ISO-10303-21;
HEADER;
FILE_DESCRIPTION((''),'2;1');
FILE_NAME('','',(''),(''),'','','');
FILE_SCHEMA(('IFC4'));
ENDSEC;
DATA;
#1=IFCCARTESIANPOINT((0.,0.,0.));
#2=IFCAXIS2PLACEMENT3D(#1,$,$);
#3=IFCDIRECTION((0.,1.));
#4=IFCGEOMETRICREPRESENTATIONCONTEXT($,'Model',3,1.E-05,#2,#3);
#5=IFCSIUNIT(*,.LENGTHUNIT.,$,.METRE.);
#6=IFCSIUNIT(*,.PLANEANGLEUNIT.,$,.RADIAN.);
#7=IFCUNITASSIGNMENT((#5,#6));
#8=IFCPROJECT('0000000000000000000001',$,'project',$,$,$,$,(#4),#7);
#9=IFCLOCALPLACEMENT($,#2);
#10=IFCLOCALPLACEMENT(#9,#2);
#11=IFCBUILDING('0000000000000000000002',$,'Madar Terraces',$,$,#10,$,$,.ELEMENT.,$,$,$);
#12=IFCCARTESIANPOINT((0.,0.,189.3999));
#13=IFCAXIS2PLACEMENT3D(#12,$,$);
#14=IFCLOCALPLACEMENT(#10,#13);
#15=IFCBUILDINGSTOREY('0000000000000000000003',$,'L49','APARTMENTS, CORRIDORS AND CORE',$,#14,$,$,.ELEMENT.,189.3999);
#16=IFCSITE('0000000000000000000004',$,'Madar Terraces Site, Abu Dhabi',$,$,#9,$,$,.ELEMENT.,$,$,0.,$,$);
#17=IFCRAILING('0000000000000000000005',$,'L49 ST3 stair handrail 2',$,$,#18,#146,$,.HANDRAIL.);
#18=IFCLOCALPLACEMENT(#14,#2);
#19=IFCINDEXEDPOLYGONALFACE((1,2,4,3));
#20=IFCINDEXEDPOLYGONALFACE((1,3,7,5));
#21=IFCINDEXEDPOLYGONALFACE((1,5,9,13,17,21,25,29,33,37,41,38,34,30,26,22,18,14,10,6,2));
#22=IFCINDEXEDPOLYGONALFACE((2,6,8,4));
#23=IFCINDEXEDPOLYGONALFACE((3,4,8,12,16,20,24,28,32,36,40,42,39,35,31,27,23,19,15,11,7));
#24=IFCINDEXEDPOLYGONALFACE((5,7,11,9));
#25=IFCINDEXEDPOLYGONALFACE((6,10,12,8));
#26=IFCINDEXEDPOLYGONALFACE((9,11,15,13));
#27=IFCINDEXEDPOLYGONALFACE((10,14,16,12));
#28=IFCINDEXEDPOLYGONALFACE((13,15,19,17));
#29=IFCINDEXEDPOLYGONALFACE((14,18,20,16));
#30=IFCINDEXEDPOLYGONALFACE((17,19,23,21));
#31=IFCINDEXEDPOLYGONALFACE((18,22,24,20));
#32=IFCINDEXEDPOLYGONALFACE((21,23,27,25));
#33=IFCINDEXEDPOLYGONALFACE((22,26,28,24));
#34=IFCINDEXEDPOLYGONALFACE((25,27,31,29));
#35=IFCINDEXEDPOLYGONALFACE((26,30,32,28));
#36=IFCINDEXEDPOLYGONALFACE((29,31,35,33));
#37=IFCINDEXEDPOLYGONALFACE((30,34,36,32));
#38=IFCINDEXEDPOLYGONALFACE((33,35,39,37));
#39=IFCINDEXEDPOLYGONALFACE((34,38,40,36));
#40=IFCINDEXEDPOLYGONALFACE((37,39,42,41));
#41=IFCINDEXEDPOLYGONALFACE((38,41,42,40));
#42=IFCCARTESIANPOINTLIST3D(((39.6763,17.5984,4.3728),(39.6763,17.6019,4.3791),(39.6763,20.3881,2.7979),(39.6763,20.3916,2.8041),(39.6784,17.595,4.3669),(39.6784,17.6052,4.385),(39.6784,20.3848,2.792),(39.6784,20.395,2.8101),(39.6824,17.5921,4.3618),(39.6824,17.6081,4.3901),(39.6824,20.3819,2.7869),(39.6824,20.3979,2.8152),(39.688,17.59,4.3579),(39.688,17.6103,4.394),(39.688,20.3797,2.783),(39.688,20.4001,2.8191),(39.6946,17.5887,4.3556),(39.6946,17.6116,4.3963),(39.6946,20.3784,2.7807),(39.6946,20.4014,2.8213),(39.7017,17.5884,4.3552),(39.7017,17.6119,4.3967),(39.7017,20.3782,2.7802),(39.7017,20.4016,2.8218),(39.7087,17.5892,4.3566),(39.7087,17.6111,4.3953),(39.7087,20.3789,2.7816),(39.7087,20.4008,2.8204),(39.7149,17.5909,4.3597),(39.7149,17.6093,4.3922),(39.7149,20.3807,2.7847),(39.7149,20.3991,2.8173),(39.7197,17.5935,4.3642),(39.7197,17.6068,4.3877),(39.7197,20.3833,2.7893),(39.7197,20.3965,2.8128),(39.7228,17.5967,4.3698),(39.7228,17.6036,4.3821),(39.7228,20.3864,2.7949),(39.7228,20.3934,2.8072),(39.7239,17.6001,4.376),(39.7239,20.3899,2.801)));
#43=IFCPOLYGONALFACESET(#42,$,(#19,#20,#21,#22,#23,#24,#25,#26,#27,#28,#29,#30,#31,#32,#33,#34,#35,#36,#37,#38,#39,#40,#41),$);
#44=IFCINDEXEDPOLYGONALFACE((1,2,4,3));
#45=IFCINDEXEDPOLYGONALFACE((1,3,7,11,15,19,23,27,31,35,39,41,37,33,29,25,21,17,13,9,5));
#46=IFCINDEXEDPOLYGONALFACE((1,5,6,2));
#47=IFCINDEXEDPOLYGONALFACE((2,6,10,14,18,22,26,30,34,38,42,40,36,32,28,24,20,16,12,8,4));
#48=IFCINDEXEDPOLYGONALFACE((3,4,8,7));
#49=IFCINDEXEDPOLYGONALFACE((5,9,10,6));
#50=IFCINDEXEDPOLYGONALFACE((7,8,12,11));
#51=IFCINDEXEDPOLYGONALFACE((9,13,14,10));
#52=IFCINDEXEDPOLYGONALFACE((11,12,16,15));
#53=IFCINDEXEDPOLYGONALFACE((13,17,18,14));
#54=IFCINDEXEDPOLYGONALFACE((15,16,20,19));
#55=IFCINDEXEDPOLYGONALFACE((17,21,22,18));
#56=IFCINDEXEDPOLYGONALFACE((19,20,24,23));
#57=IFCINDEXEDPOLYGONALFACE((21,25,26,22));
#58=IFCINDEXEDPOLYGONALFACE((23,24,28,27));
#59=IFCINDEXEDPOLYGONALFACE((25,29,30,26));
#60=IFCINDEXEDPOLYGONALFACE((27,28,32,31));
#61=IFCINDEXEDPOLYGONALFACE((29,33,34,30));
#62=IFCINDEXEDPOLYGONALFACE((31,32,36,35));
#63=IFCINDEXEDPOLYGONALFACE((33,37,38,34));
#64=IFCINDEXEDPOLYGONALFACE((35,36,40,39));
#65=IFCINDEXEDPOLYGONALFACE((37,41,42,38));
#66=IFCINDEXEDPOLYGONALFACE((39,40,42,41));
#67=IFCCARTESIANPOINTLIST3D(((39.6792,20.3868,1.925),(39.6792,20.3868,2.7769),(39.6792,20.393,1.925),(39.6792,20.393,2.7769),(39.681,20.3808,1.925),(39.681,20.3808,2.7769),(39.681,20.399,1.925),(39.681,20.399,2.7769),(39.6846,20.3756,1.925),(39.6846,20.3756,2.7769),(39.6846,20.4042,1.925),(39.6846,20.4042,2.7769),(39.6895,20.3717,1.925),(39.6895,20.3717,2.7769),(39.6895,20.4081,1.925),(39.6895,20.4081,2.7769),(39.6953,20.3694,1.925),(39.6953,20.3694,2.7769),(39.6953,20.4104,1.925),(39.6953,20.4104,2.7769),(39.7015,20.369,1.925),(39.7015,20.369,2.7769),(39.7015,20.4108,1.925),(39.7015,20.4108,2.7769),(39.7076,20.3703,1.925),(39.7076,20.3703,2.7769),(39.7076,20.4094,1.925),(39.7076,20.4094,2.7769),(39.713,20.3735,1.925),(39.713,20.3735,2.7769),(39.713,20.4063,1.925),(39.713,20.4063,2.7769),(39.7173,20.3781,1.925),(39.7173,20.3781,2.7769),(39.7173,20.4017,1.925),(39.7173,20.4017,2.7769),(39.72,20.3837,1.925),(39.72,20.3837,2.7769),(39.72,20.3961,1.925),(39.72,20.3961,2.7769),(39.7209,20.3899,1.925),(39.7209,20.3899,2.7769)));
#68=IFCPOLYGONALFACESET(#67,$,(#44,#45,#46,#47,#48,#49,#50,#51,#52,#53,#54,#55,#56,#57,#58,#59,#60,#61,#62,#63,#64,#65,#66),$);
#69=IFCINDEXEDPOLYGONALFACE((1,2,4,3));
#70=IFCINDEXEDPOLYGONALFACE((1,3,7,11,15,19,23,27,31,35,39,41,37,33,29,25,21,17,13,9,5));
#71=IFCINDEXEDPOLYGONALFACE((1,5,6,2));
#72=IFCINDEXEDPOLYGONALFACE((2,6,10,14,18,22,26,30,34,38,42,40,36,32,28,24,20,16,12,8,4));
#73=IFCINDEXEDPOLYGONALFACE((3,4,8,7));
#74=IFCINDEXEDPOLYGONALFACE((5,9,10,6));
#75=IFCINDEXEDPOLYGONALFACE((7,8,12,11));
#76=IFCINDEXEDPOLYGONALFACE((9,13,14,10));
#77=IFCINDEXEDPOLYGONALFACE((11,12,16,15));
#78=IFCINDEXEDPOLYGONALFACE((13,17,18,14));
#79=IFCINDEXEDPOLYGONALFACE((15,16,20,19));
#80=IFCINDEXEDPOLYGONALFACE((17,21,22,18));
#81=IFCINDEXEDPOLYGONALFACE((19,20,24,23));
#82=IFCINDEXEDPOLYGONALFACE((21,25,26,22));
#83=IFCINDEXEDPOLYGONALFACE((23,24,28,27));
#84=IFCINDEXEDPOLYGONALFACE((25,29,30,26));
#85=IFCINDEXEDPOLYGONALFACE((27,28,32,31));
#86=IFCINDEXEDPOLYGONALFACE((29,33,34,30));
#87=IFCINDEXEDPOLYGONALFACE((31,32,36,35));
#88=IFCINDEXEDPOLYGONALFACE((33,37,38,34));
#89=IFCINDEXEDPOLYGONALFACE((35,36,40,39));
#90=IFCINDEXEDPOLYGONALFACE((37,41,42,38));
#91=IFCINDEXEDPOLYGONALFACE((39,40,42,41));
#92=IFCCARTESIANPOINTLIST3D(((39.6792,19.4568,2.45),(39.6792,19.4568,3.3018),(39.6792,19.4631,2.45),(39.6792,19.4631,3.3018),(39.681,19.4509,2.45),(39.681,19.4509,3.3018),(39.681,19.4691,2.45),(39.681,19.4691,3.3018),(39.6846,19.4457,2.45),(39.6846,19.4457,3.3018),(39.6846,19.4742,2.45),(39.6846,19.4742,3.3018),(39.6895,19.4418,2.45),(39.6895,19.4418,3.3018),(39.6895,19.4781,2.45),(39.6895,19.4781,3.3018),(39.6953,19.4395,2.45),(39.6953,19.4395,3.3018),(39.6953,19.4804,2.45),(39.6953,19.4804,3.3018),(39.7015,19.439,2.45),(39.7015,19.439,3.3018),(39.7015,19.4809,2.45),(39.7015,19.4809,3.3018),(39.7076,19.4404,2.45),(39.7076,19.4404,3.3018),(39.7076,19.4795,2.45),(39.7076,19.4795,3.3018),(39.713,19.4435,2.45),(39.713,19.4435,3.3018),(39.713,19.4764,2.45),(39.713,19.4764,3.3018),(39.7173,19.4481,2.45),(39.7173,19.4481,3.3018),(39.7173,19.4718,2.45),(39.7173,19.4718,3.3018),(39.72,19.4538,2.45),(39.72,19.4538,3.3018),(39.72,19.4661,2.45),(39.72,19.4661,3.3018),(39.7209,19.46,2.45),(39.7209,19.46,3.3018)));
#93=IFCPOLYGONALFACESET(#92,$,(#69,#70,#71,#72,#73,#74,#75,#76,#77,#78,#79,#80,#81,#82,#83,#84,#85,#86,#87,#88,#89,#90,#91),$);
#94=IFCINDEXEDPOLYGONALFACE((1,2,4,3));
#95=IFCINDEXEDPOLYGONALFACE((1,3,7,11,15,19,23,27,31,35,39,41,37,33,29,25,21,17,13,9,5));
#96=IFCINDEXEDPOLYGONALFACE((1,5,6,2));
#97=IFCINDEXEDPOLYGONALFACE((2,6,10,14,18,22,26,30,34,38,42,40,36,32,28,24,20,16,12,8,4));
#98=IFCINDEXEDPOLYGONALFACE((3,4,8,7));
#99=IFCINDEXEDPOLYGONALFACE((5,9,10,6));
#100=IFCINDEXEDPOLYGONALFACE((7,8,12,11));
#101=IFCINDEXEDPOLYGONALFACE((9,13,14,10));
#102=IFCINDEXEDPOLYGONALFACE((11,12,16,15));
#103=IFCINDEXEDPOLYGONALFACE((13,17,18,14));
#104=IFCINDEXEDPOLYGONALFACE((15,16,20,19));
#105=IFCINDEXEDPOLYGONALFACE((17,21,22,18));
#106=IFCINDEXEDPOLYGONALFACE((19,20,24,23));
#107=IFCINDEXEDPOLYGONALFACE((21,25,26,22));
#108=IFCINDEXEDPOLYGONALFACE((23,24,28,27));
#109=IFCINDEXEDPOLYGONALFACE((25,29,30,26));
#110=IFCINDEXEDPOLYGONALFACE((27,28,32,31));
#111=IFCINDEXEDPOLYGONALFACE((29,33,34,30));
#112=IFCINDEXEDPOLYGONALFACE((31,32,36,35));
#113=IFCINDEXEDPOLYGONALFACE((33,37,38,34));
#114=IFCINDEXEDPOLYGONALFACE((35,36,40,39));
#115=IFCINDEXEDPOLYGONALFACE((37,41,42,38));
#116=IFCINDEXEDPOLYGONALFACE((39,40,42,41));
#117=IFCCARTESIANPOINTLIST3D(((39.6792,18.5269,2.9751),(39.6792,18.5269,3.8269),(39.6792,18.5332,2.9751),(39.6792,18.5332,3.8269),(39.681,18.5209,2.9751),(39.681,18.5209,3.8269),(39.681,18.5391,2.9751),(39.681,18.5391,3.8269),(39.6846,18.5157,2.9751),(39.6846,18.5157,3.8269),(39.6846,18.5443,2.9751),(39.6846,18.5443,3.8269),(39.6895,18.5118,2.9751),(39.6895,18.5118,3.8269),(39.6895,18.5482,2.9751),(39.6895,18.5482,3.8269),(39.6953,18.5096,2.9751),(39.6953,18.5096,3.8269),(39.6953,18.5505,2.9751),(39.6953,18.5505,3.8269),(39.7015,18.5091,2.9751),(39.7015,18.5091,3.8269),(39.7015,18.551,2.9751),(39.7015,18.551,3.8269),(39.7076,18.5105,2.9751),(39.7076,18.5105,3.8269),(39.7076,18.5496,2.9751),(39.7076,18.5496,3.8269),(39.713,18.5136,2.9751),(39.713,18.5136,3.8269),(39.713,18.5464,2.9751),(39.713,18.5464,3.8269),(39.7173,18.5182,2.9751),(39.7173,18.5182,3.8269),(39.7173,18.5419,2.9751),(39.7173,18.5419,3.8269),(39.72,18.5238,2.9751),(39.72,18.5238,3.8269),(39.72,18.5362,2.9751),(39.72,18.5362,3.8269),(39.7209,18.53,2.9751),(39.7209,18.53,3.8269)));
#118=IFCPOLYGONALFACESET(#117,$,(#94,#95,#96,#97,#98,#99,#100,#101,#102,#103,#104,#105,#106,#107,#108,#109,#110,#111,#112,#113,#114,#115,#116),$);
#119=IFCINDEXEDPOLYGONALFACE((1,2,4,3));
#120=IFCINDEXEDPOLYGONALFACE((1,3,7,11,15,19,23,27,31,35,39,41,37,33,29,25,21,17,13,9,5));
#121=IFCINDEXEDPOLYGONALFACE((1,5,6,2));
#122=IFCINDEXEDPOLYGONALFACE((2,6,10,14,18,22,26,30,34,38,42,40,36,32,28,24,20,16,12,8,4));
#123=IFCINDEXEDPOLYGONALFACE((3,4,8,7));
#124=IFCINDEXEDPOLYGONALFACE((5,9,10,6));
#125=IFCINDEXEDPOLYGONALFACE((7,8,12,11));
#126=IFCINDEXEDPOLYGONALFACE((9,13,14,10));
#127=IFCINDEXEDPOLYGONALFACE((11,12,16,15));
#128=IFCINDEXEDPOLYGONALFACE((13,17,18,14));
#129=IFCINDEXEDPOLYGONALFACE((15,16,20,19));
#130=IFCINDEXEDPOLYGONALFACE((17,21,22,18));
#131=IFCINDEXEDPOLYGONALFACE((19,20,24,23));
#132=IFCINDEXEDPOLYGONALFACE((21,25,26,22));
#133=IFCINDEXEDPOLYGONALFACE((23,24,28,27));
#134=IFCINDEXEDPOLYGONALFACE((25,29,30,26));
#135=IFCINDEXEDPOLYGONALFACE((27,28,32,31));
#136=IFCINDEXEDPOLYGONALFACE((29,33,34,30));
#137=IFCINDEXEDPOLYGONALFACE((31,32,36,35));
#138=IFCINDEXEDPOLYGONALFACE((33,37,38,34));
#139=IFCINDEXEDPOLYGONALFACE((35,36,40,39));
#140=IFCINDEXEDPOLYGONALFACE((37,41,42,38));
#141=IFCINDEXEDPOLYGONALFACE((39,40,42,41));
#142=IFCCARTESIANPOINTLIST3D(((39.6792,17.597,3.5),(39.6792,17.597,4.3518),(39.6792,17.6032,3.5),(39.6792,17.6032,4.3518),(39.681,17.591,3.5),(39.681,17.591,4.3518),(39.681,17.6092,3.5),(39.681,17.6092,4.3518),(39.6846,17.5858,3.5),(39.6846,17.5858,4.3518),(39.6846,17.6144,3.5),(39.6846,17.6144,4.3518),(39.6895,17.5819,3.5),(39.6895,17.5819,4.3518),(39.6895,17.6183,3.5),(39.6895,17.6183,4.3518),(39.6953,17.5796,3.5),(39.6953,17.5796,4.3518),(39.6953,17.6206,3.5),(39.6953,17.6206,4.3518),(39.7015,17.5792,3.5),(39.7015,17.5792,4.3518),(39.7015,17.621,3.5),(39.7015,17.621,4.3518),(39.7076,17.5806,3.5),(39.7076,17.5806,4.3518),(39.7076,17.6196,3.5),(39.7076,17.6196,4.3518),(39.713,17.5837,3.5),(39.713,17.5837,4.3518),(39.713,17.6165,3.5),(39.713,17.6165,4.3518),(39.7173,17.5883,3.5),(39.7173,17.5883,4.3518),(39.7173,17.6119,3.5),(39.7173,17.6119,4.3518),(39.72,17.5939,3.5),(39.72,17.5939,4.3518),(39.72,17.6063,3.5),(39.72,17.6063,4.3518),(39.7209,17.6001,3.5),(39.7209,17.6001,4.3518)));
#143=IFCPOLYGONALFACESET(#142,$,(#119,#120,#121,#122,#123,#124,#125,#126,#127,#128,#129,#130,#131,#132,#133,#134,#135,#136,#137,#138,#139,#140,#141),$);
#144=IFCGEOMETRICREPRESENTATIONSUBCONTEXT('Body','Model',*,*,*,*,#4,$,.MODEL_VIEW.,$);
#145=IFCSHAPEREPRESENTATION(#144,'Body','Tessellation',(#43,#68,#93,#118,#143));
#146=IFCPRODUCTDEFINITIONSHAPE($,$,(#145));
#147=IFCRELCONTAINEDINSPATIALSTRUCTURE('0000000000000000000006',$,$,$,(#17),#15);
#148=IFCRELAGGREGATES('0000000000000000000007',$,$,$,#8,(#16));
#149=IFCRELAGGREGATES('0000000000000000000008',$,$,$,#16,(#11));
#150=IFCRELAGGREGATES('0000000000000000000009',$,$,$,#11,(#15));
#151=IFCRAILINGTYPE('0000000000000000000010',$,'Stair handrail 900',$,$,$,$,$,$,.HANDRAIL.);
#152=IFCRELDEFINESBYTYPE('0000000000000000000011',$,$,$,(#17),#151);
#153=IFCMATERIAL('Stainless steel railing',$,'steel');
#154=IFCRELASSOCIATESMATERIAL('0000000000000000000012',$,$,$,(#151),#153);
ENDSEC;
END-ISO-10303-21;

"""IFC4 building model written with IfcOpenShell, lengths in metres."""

from ifc_helpers import new_model, si_unit, direction, frame, origin, origin_2d, place, context, subcontext, project, spatial, circle, extrude, material, type_object, element, save


model = new_model("IFC4")

# Units and contexts
model_context = context("Model", 3, precision=1e-05, world=origin(), true_north=direction((0.0, 1.0)))
body_context = subcontext(model_context, "Body", "Model", "MODEL_VIEW")
ifc_project = project(units=[si_unit("LENGTHUNIT", "METRE"), si_unit("PLANEANGLEUNIT", "RADIAN")], contexts=[model_context])

# Site, building, storey
site_placement = place(None, origin())
site = spatial("IfcSite", under=ifc_project, at=site_placement, Name="Madar Terraces Site, Abu Dhabi", CompositionType="ELEMENT", RefElevation=0.0)
building_placement = place(site_placement, origin())
building = spatial("IfcBuilding", under=site, at=building_placement, Name="Madar Terraces", CompositionType="ELEMENT")
storey_placement = place(building_placement, frame((0.0, 0.0, 189.3999)))
storey = spatial("IfcBuildingStorey", under=building, at=storey_placement, Name="L49", Description="APARTMENTS, CORRIDORS AND CORE", CompositionType="ELEMENT", Elevation=189.3999)

# Railing
ifc_material_1 = material(Name="Stainless steel railing", Category="steel")
railing_type_1 = type_object("IfcRailingType", Name="Stair handrail 900", PredefinedType="HANDRAIL", material=ifc_material_1)
railing_1_placement = place(storey_placement, frame((39.7, 20.3899, 1.925)))
element("IfcRailing", 1, at=railing_1_placement, inside=storey, type_object=railing_type_1, Name="L49 ST3 stair handrail 2", PredefinedType="HANDRAIL", context=body_context, shape_type="SweptSolid", body=[
    extrude(circle(Radius=0.0239, at=origin_2d()), frame((0.0, 0.0, 0.876), z_axis=(0.0, -0.870815, 0.49161), x_axis=(1.0, 0.0, 0.0)), (0.0, 0.0, 1.0), 3.2036),
    extrude(circle(Radius=0.021, at=origin_2d()), origin(), (0.0, 0.0, 1.0), 0.8518),
    extrude(circle(Radius=0.021, at=origin_2d()), frame((0.0, -0.9299, 0.5249)), (0.0, 0.0, 1.0), 0.8518),
    extrude(circle(Radius=0.021, at=origin_2d()), frame((0.0, -1.8599, 1.05)), (0.0, 0.0, 1.0), 0.8518),
    extrude(circle(Radius=0.021, at=origin_2d()), frame((0.0, -2.7898, 1.575)), (0.0, 0.0, 1.0), 0.8518),
])

save(model, "model.ifc")
